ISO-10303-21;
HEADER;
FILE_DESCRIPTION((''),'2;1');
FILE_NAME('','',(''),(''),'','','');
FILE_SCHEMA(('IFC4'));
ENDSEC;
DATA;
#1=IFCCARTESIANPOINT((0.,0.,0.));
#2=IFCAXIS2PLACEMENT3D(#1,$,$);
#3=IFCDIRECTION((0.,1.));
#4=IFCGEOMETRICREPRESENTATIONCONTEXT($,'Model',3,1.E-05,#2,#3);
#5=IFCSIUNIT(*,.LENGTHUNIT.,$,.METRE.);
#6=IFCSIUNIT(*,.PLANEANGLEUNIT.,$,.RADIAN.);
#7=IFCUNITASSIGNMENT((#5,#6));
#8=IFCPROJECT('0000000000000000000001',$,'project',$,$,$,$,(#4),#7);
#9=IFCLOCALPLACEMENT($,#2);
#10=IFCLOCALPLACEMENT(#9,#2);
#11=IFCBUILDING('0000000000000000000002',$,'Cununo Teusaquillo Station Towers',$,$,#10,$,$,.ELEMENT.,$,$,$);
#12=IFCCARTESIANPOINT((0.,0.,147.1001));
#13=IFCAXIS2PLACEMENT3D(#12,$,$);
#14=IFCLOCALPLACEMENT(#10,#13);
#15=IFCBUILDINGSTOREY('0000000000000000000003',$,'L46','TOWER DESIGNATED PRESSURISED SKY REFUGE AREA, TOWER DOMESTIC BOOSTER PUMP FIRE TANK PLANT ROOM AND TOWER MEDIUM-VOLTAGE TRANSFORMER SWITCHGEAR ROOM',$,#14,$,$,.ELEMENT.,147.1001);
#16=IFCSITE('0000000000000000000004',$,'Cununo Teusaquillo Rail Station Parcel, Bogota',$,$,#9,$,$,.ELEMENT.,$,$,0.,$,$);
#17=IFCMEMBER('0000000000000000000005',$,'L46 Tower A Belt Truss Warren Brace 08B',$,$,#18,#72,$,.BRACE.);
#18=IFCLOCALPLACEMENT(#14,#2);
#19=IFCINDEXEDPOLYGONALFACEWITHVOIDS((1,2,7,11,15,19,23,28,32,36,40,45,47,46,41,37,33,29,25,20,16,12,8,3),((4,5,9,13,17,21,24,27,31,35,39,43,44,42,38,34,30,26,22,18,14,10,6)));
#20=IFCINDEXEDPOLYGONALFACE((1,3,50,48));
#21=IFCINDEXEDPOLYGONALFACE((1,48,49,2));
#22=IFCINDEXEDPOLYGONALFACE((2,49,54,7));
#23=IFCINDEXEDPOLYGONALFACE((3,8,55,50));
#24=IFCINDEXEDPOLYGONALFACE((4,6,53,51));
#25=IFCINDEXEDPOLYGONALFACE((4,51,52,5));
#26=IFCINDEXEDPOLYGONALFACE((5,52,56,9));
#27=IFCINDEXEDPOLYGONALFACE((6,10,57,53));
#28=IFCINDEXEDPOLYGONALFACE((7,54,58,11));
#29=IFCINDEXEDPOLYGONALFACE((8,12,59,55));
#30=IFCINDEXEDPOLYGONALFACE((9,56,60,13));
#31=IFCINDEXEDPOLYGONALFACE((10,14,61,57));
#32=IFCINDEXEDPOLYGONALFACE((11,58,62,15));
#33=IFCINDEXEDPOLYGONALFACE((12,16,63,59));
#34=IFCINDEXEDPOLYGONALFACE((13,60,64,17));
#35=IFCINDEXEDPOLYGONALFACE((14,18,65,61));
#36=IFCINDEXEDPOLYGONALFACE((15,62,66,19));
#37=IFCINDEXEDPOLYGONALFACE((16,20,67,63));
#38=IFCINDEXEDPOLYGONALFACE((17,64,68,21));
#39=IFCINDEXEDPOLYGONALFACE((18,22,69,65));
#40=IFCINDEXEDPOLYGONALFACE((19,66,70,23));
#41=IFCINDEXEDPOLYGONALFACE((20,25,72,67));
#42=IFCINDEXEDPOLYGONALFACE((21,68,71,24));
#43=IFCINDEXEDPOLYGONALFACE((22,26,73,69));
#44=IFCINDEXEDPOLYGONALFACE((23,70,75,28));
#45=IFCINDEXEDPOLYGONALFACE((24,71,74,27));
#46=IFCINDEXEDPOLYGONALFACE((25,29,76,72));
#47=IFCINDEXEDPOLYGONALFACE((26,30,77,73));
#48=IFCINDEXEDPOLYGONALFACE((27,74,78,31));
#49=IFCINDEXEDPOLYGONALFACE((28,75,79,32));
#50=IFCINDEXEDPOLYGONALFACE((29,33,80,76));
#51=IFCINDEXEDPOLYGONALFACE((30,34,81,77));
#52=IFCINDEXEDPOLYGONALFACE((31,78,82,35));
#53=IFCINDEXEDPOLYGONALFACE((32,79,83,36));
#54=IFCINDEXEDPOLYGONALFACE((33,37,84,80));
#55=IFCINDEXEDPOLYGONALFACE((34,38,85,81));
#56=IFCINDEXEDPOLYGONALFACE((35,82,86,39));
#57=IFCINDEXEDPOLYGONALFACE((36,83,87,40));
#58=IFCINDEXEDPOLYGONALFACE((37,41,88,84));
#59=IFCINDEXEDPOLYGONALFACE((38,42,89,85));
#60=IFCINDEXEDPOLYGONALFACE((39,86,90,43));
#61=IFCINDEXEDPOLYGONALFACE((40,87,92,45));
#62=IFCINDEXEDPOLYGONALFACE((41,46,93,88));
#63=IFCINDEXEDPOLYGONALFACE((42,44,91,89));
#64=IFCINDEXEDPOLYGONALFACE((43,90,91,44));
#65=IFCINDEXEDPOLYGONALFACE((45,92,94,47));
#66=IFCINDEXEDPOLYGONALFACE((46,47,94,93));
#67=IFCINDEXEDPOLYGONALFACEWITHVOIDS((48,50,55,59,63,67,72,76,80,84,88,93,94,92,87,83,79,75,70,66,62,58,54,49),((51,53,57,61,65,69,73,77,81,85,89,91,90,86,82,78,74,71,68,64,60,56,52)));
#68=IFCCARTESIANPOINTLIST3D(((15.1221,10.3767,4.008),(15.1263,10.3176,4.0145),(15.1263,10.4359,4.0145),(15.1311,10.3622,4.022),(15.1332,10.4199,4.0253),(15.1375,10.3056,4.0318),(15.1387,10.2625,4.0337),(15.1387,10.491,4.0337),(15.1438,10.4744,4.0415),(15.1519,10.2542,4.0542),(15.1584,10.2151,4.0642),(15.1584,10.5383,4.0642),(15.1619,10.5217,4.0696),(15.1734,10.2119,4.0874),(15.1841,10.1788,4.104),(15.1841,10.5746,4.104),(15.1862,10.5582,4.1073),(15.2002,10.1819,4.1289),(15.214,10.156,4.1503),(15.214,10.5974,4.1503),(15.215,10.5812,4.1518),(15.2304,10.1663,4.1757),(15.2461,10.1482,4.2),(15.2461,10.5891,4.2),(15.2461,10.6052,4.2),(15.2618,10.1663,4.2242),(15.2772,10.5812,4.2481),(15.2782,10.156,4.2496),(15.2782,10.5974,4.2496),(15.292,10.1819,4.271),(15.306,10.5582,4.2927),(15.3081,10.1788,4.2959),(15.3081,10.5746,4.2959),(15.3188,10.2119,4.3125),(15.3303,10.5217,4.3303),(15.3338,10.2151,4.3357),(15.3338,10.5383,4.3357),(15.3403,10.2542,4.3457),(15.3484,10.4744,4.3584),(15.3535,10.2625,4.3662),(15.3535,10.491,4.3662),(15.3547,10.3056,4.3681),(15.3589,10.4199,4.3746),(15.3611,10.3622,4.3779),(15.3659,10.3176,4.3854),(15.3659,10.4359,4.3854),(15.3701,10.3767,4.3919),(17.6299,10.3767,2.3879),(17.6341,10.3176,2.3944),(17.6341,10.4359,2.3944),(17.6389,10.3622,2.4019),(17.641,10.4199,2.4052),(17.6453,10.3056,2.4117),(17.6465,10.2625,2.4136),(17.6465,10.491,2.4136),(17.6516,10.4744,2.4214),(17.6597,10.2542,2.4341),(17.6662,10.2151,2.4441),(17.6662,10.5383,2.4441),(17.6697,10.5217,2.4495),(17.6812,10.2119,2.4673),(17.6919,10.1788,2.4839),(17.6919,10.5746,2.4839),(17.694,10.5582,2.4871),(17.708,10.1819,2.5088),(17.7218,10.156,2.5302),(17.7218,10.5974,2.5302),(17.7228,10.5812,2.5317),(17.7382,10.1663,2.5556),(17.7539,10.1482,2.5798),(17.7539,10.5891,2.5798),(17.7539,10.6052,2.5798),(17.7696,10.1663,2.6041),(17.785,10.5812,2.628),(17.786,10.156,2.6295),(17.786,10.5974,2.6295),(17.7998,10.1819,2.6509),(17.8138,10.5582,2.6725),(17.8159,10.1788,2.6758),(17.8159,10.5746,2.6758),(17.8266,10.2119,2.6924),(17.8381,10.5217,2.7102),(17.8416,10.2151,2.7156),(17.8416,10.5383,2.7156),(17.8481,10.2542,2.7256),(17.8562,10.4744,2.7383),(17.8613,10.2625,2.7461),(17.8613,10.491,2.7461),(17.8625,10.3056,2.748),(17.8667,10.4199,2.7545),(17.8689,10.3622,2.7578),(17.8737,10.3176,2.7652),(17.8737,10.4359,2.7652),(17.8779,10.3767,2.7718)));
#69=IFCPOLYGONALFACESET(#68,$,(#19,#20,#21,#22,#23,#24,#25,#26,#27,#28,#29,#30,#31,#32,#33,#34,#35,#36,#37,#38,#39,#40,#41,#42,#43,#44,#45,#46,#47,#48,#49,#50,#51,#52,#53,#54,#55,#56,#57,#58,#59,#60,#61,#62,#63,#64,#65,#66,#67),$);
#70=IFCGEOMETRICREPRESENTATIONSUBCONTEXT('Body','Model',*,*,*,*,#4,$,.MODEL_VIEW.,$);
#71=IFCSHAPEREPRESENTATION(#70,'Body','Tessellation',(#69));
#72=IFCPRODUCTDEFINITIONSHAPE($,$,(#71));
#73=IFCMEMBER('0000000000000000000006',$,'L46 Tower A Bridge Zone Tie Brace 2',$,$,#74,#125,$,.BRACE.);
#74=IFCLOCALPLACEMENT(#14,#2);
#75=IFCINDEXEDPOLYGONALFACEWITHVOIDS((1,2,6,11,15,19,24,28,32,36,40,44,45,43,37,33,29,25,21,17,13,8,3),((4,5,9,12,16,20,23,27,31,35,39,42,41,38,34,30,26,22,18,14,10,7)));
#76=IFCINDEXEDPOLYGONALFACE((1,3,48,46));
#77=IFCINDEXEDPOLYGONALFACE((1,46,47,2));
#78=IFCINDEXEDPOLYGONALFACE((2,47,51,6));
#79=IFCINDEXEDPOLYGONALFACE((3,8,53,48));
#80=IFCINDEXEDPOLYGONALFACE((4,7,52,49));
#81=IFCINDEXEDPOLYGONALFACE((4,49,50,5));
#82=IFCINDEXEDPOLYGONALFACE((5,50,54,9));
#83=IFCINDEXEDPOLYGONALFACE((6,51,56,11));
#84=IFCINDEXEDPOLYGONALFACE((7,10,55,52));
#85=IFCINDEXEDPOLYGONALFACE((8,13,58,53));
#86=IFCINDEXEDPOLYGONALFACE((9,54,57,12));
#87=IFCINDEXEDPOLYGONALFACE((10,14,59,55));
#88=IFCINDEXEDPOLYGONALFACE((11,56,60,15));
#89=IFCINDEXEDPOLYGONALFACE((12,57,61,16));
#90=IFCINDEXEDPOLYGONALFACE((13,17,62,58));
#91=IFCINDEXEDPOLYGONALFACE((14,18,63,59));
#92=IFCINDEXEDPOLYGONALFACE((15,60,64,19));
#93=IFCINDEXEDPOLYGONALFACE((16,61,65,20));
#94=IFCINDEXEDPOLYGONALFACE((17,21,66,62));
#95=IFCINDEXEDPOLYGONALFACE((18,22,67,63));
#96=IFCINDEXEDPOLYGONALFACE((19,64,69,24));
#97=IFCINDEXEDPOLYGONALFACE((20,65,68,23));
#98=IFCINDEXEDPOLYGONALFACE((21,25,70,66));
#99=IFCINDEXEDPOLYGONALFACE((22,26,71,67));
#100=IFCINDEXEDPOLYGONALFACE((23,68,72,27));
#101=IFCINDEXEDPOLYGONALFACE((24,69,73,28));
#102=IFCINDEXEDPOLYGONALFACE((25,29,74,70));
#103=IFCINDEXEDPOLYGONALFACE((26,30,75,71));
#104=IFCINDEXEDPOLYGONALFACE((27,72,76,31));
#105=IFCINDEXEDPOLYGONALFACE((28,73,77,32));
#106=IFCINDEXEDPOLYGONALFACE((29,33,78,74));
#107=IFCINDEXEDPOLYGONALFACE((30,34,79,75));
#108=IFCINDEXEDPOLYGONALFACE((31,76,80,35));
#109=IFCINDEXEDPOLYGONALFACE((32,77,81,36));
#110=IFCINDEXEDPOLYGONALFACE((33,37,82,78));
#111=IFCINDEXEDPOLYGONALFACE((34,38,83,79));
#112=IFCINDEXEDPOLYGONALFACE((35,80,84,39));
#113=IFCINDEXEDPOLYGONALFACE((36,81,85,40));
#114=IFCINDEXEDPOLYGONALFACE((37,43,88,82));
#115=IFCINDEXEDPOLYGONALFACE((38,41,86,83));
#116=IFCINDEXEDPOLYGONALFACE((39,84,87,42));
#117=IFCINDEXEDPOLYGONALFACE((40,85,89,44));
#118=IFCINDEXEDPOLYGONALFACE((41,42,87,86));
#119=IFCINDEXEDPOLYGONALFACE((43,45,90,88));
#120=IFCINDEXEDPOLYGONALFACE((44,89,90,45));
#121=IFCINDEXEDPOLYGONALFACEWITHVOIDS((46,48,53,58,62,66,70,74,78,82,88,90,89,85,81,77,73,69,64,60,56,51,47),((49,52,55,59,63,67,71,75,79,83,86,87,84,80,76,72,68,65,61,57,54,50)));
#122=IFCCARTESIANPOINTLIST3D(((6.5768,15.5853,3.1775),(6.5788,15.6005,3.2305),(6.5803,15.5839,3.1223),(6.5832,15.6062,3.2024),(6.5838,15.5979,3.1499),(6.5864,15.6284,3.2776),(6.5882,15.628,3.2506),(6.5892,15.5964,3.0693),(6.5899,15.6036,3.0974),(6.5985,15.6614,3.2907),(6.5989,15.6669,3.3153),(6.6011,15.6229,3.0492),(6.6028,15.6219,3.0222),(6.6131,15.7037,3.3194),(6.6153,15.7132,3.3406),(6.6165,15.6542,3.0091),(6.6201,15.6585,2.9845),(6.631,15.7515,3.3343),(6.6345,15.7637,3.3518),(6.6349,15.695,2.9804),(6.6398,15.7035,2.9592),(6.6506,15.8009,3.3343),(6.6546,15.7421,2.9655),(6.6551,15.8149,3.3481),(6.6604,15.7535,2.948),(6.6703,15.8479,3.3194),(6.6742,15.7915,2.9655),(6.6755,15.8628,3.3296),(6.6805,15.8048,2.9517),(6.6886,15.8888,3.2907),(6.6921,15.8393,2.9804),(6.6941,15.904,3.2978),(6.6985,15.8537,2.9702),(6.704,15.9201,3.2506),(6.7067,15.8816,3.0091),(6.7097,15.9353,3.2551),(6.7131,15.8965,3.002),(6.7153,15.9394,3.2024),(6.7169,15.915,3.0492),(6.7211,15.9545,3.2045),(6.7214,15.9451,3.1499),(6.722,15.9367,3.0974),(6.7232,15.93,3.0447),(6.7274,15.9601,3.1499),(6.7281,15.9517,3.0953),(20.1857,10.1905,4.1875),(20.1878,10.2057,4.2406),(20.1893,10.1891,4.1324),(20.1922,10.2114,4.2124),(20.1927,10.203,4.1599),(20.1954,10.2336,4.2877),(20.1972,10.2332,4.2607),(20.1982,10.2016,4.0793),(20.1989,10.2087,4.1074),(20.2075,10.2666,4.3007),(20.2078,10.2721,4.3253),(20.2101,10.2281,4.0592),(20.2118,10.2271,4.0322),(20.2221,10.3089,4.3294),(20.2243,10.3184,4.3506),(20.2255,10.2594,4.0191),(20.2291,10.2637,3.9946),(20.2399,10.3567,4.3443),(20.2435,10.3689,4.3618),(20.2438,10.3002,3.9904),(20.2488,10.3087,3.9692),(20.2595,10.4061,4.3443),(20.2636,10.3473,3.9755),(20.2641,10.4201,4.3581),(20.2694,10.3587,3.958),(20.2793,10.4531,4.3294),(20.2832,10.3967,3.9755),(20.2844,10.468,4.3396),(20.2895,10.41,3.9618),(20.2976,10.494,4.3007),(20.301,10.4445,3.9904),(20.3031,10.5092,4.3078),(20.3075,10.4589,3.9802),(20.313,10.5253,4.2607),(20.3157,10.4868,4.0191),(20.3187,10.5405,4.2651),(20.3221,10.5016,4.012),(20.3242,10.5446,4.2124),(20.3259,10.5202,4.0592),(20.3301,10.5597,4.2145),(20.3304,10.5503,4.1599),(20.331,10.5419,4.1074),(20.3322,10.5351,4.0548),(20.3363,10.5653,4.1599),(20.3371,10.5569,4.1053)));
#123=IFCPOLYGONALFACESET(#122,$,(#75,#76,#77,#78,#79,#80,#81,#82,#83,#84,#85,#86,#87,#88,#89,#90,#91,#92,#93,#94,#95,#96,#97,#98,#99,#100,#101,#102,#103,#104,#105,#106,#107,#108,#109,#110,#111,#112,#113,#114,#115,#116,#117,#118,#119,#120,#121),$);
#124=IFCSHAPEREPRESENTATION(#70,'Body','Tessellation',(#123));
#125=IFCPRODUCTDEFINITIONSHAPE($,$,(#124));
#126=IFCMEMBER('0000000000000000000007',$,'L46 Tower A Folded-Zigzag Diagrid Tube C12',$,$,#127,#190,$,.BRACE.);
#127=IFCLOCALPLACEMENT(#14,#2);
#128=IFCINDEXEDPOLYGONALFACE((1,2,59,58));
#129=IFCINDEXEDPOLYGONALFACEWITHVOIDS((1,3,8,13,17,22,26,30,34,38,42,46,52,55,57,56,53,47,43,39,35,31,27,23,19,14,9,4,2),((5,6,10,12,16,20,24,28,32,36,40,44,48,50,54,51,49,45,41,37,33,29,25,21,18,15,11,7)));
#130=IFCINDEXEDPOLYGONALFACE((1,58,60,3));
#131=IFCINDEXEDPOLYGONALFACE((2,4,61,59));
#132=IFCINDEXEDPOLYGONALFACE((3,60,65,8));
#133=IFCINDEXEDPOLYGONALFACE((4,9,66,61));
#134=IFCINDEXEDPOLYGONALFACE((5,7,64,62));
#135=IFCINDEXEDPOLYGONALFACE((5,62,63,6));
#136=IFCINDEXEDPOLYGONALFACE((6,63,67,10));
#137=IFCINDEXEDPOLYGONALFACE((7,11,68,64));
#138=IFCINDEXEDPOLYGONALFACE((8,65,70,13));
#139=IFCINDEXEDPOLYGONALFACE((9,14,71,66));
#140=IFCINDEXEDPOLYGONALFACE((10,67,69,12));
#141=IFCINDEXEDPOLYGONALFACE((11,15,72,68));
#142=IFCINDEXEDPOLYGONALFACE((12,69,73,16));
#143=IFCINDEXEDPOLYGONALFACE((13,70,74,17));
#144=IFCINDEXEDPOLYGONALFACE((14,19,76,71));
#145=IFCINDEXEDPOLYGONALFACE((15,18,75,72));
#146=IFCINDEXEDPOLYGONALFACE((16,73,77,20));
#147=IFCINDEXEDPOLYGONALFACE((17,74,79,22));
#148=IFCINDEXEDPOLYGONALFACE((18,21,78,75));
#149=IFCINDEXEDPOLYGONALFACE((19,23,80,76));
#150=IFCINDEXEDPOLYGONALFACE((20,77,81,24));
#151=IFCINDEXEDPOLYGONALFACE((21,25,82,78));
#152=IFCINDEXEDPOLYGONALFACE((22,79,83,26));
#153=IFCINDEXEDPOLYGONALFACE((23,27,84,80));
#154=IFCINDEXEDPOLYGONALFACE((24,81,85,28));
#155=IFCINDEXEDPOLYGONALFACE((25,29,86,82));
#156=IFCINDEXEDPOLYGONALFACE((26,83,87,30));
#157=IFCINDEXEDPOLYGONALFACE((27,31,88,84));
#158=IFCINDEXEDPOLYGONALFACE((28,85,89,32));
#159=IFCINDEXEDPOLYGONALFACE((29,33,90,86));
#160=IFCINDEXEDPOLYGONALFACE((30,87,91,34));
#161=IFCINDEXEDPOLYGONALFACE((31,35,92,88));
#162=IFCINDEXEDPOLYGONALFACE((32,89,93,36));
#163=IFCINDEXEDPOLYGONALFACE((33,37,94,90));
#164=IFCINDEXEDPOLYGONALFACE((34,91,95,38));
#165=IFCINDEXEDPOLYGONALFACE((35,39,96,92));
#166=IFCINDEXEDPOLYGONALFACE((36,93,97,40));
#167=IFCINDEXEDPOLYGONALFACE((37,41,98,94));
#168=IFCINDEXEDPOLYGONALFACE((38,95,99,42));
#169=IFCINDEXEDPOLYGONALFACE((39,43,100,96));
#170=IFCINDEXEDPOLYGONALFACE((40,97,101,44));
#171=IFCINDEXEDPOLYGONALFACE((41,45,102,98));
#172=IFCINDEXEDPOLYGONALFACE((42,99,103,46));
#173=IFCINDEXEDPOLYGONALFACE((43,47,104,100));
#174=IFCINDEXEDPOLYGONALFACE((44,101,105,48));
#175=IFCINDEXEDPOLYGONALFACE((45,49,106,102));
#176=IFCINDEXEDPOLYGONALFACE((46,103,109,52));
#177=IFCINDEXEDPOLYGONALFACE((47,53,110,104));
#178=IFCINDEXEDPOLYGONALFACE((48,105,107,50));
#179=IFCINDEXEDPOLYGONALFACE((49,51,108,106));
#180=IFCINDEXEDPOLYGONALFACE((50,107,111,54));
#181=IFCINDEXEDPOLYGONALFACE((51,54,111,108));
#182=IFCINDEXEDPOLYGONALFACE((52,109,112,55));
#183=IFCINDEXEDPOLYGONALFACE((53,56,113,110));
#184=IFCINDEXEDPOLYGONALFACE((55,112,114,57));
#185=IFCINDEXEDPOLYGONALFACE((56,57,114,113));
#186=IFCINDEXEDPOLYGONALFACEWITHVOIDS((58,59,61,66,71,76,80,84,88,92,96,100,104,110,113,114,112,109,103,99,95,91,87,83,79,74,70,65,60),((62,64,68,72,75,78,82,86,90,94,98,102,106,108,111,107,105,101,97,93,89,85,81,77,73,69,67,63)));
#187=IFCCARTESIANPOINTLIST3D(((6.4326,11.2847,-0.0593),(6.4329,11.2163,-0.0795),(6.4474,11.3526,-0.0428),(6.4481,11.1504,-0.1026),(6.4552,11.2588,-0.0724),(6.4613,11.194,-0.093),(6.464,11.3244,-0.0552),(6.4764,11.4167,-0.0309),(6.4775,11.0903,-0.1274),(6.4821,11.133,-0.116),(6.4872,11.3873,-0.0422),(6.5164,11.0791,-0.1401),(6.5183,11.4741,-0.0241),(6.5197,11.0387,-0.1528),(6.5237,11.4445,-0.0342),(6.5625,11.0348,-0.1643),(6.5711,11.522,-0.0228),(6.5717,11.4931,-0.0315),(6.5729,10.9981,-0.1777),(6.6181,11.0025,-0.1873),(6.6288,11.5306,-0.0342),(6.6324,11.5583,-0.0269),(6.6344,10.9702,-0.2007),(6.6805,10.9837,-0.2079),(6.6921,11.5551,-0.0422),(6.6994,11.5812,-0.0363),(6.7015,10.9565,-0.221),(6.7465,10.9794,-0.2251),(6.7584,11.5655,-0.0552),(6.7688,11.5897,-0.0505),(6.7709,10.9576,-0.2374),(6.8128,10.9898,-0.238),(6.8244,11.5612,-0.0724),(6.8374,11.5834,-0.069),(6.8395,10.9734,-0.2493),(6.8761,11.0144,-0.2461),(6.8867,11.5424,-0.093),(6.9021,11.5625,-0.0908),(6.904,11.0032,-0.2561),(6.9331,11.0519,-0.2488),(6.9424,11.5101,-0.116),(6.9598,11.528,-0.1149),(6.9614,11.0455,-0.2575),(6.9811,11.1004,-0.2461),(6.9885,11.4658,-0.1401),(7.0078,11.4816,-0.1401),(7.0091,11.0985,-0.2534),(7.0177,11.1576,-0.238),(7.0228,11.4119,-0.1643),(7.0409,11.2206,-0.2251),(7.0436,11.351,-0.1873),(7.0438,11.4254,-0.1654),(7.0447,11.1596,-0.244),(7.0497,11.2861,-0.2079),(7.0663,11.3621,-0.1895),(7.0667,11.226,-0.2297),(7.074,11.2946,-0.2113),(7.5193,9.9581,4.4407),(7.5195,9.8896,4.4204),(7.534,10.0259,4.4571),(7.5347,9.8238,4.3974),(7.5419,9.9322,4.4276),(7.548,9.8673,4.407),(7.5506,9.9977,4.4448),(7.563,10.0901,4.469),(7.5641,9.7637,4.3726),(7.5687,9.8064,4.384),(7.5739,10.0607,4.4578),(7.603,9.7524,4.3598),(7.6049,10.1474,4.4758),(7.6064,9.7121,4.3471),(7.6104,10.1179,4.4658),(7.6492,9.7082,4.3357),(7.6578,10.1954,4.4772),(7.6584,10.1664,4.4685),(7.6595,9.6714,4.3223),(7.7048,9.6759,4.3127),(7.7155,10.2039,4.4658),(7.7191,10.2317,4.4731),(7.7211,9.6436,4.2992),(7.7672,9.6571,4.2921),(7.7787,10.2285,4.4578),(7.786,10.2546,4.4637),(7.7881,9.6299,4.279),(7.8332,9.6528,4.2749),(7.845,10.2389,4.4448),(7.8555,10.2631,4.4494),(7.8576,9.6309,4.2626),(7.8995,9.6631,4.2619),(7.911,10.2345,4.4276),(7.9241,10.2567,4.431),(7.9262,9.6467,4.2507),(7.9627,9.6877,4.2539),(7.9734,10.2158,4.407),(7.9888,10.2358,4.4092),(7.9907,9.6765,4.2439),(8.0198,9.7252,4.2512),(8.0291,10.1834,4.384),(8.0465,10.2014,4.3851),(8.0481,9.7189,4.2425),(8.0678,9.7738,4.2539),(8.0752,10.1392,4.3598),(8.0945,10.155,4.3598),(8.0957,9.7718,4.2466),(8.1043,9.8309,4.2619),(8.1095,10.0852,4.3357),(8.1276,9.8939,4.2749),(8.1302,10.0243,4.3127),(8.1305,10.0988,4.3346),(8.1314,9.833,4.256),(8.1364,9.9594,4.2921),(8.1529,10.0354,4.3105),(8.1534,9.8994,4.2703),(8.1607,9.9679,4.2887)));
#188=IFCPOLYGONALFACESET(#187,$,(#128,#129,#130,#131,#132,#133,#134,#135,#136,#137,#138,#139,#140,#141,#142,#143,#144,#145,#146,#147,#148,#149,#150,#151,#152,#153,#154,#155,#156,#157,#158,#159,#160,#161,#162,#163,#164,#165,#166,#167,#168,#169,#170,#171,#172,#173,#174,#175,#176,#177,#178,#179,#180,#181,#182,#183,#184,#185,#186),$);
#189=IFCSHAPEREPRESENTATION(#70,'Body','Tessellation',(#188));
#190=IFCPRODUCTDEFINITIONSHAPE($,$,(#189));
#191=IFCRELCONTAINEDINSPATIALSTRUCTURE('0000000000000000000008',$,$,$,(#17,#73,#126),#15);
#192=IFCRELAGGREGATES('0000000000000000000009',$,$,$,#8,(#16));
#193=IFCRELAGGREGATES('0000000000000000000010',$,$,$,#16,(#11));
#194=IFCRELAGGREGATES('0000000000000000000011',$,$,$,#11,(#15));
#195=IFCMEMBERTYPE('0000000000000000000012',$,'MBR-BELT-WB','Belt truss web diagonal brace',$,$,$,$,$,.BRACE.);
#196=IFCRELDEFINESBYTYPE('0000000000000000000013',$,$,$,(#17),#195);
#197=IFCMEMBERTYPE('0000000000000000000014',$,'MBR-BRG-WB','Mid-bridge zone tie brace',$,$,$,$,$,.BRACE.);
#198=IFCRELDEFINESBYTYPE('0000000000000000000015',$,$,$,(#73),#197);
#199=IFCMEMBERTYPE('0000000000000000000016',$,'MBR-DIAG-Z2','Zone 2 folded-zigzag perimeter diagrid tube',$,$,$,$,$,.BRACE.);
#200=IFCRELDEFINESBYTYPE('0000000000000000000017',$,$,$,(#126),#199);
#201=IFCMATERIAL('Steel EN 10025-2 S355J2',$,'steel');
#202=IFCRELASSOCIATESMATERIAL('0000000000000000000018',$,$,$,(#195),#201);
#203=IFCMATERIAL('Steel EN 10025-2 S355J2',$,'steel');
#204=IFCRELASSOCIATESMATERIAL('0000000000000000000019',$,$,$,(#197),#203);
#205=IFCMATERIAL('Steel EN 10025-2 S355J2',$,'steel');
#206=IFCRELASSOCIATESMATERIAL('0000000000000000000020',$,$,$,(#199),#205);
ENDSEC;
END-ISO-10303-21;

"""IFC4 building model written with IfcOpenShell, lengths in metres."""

from ifc_helpers import new_model, si_unit, direction, frame, origin, origin_2d, place, context, subcontext, project, spatial, hollow_circle, extrude, material, material_profile, profile_set, type_object, element, save


model = new_model("IFC4")

# Units and contexts
model_context = context("Model", 3, precision=1e-05, world=origin(), true_north=direction((0.0, 1.0)))
body_context = subcontext(model_context, "Body", "Model", "MODEL_VIEW")
ifc_project = project(units=[si_unit("LENGTHUNIT", "METRE"), si_unit("PLANEANGLEUNIT", "RADIAN")], contexts=[model_context])

# Site, building, storey
site_placement = place(None, origin())
site = spatial("IfcSite", under=ifc_project, at=site_placement, Name="Cununo Teusaquillo Rail Station Parcel, Bogota", CompositionType="ELEMENT", RefElevation=0.0)
building_placement = place(site_placement, origin())
building = spatial("IfcBuilding", under=site, at=building_placement, Name="Cununo Teusaquillo Station Towers", CompositionType="ELEMENT")
storey_placement = place(building_placement, frame((0.0, 0.0, 147.1001)))
storey = spatial("IfcBuildingStorey", under=building, at=storey_placement, Name="L46", Description="TOWER DESIGNATED PRESSURISED SKY REFUGE AREA, TOWER DOMESTIC BOOSTER PUMP FIRE TANK PLANT ROOM AND TOWER MEDIUM-VOLTAGE TRANSFORMER SWITCHGEAR ROOM", CompositionType="ELEMENT", Elevation=147.1001)

# Members
ifc_material_1 = material(Name="Steel EN 10025-2 S355J2", Category="steel")
ifc_material_profile_1 = material_profile(ifc_material_1, hollow_circle(Radius=0.2285, WallThickness=0.0161, at=origin_2d()), Name="CHS 457x16")
ifc_profile_set_1 = profile_set([ifc_material_profile_1], Name="Steel EN 10025-2 S355J2")
member_type_1 = type_object("IfcMemberType", Name="MBR-BELT-WB", Description="Belt truss web diagonal brace", PredefinedType="BRACE", material=ifc_profile_set_1)
member_1_placement = place(storey_placement, frame((15.2461, 10.3767, 4.2), z_axis=(0.839965, 0.0, -0.542641), x_axis=(0.0, 1.0, 0.0)))
element("IfcMember", 1, at=member_1_placement, inside=storey, type_object=member_type_1, Name="L46 Tower A Belt Truss Warren Brace 08B", PredefinedType="BRACE", context=body_context, shape_type="SweptSolid", body=[
    extrude(hollow_circle(Radius=0.2285, WallThickness=0.0161, at=origin_2d()), origin(), (0.0, 0.0, 1.0), 2.9856),
])
ifc_material_2 = material(Name="Steel EN 10025-2 S355J2", Category="steel")
ifc_material_profile_2 = material_profile(ifc_material_2, hollow_circle(Radius=0.2029, WallThickness=0.0161, at=origin_2d()), Name="CHS 406x16")
ifc_profile_set_2 = profile_set([ifc_material_profile_2], Name="Steel EN 10025-2 S355J2")
member_type_2 = type_object("IfcMemberType", Name="MBR-BRG-WB", Description="Mid-bridge zone tie brace", PredefinedType="BRACE", material=ifc_profile_set_2)
member_2_placement = place(storey_placement, frame((6.6526, 15.7715, 3.1499), z_axis=(0.927417, -0.367642, 0.06883), x_axis=(0.368516, 0.929621, 0.0)))
element("IfcMember", 2, at=member_2_placement, inside=storey, type_object=member_type_2, Name="L46 Tower A Bridge Zone Tie Brace 2", PredefinedType="BRACE", context=body_context, shape_type="SweptSolid", body=[
    extrude(hollow_circle(Radius=0.2029, WallThickness=0.0161, at=origin_2d()), origin(), (0.0, 0.0, 1.0), 14.6741),
])
ifc_material_3 = material(Name="Steel EN 10025-2 S355J2", Category="steel")
ifc_material_profile_3 = material_profile(ifc_material_3, hollow_circle(Radius=0.3301, WallThickness=0.0249, at=origin_2d()), Name="CHS 660x25")
ifc_profile_set_3 = profile_set([ifc_material_profile_3], Name="Steel EN 10025-2 S355J2")
member_type_3 = type_object("IfcMemberType", Name="MBR-DIAG-Z2", Description="Zone 2 folded-zigzag perimeter diagrid tube", PredefinedType="BRACE", material=ifc_profile_set_3)
member_3_placement = place(storey_placement, frame((6.7524, 11.2725, -0.1401), z_axis=(0.225652, -0.275487, 0.934445), x_axis=(0.773608, 0.633664, 0.0)))
element("IfcMember", 3, at=member_3_placement, inside=storey, type_object=member_type_3, Name="L46 Tower A Folded-Zigzag Diagrid Tube C12", PredefinedType="BRACE", context=body_context, shape_type="SweptSolid", body=[
    extrude(hollow_circle(Radius=0.3301, WallThickness=0.0249, at=origin_2d()), origin(), (0.0, 0.0, 1.0), 4.8157),
])

save(model, "model.ifc")
